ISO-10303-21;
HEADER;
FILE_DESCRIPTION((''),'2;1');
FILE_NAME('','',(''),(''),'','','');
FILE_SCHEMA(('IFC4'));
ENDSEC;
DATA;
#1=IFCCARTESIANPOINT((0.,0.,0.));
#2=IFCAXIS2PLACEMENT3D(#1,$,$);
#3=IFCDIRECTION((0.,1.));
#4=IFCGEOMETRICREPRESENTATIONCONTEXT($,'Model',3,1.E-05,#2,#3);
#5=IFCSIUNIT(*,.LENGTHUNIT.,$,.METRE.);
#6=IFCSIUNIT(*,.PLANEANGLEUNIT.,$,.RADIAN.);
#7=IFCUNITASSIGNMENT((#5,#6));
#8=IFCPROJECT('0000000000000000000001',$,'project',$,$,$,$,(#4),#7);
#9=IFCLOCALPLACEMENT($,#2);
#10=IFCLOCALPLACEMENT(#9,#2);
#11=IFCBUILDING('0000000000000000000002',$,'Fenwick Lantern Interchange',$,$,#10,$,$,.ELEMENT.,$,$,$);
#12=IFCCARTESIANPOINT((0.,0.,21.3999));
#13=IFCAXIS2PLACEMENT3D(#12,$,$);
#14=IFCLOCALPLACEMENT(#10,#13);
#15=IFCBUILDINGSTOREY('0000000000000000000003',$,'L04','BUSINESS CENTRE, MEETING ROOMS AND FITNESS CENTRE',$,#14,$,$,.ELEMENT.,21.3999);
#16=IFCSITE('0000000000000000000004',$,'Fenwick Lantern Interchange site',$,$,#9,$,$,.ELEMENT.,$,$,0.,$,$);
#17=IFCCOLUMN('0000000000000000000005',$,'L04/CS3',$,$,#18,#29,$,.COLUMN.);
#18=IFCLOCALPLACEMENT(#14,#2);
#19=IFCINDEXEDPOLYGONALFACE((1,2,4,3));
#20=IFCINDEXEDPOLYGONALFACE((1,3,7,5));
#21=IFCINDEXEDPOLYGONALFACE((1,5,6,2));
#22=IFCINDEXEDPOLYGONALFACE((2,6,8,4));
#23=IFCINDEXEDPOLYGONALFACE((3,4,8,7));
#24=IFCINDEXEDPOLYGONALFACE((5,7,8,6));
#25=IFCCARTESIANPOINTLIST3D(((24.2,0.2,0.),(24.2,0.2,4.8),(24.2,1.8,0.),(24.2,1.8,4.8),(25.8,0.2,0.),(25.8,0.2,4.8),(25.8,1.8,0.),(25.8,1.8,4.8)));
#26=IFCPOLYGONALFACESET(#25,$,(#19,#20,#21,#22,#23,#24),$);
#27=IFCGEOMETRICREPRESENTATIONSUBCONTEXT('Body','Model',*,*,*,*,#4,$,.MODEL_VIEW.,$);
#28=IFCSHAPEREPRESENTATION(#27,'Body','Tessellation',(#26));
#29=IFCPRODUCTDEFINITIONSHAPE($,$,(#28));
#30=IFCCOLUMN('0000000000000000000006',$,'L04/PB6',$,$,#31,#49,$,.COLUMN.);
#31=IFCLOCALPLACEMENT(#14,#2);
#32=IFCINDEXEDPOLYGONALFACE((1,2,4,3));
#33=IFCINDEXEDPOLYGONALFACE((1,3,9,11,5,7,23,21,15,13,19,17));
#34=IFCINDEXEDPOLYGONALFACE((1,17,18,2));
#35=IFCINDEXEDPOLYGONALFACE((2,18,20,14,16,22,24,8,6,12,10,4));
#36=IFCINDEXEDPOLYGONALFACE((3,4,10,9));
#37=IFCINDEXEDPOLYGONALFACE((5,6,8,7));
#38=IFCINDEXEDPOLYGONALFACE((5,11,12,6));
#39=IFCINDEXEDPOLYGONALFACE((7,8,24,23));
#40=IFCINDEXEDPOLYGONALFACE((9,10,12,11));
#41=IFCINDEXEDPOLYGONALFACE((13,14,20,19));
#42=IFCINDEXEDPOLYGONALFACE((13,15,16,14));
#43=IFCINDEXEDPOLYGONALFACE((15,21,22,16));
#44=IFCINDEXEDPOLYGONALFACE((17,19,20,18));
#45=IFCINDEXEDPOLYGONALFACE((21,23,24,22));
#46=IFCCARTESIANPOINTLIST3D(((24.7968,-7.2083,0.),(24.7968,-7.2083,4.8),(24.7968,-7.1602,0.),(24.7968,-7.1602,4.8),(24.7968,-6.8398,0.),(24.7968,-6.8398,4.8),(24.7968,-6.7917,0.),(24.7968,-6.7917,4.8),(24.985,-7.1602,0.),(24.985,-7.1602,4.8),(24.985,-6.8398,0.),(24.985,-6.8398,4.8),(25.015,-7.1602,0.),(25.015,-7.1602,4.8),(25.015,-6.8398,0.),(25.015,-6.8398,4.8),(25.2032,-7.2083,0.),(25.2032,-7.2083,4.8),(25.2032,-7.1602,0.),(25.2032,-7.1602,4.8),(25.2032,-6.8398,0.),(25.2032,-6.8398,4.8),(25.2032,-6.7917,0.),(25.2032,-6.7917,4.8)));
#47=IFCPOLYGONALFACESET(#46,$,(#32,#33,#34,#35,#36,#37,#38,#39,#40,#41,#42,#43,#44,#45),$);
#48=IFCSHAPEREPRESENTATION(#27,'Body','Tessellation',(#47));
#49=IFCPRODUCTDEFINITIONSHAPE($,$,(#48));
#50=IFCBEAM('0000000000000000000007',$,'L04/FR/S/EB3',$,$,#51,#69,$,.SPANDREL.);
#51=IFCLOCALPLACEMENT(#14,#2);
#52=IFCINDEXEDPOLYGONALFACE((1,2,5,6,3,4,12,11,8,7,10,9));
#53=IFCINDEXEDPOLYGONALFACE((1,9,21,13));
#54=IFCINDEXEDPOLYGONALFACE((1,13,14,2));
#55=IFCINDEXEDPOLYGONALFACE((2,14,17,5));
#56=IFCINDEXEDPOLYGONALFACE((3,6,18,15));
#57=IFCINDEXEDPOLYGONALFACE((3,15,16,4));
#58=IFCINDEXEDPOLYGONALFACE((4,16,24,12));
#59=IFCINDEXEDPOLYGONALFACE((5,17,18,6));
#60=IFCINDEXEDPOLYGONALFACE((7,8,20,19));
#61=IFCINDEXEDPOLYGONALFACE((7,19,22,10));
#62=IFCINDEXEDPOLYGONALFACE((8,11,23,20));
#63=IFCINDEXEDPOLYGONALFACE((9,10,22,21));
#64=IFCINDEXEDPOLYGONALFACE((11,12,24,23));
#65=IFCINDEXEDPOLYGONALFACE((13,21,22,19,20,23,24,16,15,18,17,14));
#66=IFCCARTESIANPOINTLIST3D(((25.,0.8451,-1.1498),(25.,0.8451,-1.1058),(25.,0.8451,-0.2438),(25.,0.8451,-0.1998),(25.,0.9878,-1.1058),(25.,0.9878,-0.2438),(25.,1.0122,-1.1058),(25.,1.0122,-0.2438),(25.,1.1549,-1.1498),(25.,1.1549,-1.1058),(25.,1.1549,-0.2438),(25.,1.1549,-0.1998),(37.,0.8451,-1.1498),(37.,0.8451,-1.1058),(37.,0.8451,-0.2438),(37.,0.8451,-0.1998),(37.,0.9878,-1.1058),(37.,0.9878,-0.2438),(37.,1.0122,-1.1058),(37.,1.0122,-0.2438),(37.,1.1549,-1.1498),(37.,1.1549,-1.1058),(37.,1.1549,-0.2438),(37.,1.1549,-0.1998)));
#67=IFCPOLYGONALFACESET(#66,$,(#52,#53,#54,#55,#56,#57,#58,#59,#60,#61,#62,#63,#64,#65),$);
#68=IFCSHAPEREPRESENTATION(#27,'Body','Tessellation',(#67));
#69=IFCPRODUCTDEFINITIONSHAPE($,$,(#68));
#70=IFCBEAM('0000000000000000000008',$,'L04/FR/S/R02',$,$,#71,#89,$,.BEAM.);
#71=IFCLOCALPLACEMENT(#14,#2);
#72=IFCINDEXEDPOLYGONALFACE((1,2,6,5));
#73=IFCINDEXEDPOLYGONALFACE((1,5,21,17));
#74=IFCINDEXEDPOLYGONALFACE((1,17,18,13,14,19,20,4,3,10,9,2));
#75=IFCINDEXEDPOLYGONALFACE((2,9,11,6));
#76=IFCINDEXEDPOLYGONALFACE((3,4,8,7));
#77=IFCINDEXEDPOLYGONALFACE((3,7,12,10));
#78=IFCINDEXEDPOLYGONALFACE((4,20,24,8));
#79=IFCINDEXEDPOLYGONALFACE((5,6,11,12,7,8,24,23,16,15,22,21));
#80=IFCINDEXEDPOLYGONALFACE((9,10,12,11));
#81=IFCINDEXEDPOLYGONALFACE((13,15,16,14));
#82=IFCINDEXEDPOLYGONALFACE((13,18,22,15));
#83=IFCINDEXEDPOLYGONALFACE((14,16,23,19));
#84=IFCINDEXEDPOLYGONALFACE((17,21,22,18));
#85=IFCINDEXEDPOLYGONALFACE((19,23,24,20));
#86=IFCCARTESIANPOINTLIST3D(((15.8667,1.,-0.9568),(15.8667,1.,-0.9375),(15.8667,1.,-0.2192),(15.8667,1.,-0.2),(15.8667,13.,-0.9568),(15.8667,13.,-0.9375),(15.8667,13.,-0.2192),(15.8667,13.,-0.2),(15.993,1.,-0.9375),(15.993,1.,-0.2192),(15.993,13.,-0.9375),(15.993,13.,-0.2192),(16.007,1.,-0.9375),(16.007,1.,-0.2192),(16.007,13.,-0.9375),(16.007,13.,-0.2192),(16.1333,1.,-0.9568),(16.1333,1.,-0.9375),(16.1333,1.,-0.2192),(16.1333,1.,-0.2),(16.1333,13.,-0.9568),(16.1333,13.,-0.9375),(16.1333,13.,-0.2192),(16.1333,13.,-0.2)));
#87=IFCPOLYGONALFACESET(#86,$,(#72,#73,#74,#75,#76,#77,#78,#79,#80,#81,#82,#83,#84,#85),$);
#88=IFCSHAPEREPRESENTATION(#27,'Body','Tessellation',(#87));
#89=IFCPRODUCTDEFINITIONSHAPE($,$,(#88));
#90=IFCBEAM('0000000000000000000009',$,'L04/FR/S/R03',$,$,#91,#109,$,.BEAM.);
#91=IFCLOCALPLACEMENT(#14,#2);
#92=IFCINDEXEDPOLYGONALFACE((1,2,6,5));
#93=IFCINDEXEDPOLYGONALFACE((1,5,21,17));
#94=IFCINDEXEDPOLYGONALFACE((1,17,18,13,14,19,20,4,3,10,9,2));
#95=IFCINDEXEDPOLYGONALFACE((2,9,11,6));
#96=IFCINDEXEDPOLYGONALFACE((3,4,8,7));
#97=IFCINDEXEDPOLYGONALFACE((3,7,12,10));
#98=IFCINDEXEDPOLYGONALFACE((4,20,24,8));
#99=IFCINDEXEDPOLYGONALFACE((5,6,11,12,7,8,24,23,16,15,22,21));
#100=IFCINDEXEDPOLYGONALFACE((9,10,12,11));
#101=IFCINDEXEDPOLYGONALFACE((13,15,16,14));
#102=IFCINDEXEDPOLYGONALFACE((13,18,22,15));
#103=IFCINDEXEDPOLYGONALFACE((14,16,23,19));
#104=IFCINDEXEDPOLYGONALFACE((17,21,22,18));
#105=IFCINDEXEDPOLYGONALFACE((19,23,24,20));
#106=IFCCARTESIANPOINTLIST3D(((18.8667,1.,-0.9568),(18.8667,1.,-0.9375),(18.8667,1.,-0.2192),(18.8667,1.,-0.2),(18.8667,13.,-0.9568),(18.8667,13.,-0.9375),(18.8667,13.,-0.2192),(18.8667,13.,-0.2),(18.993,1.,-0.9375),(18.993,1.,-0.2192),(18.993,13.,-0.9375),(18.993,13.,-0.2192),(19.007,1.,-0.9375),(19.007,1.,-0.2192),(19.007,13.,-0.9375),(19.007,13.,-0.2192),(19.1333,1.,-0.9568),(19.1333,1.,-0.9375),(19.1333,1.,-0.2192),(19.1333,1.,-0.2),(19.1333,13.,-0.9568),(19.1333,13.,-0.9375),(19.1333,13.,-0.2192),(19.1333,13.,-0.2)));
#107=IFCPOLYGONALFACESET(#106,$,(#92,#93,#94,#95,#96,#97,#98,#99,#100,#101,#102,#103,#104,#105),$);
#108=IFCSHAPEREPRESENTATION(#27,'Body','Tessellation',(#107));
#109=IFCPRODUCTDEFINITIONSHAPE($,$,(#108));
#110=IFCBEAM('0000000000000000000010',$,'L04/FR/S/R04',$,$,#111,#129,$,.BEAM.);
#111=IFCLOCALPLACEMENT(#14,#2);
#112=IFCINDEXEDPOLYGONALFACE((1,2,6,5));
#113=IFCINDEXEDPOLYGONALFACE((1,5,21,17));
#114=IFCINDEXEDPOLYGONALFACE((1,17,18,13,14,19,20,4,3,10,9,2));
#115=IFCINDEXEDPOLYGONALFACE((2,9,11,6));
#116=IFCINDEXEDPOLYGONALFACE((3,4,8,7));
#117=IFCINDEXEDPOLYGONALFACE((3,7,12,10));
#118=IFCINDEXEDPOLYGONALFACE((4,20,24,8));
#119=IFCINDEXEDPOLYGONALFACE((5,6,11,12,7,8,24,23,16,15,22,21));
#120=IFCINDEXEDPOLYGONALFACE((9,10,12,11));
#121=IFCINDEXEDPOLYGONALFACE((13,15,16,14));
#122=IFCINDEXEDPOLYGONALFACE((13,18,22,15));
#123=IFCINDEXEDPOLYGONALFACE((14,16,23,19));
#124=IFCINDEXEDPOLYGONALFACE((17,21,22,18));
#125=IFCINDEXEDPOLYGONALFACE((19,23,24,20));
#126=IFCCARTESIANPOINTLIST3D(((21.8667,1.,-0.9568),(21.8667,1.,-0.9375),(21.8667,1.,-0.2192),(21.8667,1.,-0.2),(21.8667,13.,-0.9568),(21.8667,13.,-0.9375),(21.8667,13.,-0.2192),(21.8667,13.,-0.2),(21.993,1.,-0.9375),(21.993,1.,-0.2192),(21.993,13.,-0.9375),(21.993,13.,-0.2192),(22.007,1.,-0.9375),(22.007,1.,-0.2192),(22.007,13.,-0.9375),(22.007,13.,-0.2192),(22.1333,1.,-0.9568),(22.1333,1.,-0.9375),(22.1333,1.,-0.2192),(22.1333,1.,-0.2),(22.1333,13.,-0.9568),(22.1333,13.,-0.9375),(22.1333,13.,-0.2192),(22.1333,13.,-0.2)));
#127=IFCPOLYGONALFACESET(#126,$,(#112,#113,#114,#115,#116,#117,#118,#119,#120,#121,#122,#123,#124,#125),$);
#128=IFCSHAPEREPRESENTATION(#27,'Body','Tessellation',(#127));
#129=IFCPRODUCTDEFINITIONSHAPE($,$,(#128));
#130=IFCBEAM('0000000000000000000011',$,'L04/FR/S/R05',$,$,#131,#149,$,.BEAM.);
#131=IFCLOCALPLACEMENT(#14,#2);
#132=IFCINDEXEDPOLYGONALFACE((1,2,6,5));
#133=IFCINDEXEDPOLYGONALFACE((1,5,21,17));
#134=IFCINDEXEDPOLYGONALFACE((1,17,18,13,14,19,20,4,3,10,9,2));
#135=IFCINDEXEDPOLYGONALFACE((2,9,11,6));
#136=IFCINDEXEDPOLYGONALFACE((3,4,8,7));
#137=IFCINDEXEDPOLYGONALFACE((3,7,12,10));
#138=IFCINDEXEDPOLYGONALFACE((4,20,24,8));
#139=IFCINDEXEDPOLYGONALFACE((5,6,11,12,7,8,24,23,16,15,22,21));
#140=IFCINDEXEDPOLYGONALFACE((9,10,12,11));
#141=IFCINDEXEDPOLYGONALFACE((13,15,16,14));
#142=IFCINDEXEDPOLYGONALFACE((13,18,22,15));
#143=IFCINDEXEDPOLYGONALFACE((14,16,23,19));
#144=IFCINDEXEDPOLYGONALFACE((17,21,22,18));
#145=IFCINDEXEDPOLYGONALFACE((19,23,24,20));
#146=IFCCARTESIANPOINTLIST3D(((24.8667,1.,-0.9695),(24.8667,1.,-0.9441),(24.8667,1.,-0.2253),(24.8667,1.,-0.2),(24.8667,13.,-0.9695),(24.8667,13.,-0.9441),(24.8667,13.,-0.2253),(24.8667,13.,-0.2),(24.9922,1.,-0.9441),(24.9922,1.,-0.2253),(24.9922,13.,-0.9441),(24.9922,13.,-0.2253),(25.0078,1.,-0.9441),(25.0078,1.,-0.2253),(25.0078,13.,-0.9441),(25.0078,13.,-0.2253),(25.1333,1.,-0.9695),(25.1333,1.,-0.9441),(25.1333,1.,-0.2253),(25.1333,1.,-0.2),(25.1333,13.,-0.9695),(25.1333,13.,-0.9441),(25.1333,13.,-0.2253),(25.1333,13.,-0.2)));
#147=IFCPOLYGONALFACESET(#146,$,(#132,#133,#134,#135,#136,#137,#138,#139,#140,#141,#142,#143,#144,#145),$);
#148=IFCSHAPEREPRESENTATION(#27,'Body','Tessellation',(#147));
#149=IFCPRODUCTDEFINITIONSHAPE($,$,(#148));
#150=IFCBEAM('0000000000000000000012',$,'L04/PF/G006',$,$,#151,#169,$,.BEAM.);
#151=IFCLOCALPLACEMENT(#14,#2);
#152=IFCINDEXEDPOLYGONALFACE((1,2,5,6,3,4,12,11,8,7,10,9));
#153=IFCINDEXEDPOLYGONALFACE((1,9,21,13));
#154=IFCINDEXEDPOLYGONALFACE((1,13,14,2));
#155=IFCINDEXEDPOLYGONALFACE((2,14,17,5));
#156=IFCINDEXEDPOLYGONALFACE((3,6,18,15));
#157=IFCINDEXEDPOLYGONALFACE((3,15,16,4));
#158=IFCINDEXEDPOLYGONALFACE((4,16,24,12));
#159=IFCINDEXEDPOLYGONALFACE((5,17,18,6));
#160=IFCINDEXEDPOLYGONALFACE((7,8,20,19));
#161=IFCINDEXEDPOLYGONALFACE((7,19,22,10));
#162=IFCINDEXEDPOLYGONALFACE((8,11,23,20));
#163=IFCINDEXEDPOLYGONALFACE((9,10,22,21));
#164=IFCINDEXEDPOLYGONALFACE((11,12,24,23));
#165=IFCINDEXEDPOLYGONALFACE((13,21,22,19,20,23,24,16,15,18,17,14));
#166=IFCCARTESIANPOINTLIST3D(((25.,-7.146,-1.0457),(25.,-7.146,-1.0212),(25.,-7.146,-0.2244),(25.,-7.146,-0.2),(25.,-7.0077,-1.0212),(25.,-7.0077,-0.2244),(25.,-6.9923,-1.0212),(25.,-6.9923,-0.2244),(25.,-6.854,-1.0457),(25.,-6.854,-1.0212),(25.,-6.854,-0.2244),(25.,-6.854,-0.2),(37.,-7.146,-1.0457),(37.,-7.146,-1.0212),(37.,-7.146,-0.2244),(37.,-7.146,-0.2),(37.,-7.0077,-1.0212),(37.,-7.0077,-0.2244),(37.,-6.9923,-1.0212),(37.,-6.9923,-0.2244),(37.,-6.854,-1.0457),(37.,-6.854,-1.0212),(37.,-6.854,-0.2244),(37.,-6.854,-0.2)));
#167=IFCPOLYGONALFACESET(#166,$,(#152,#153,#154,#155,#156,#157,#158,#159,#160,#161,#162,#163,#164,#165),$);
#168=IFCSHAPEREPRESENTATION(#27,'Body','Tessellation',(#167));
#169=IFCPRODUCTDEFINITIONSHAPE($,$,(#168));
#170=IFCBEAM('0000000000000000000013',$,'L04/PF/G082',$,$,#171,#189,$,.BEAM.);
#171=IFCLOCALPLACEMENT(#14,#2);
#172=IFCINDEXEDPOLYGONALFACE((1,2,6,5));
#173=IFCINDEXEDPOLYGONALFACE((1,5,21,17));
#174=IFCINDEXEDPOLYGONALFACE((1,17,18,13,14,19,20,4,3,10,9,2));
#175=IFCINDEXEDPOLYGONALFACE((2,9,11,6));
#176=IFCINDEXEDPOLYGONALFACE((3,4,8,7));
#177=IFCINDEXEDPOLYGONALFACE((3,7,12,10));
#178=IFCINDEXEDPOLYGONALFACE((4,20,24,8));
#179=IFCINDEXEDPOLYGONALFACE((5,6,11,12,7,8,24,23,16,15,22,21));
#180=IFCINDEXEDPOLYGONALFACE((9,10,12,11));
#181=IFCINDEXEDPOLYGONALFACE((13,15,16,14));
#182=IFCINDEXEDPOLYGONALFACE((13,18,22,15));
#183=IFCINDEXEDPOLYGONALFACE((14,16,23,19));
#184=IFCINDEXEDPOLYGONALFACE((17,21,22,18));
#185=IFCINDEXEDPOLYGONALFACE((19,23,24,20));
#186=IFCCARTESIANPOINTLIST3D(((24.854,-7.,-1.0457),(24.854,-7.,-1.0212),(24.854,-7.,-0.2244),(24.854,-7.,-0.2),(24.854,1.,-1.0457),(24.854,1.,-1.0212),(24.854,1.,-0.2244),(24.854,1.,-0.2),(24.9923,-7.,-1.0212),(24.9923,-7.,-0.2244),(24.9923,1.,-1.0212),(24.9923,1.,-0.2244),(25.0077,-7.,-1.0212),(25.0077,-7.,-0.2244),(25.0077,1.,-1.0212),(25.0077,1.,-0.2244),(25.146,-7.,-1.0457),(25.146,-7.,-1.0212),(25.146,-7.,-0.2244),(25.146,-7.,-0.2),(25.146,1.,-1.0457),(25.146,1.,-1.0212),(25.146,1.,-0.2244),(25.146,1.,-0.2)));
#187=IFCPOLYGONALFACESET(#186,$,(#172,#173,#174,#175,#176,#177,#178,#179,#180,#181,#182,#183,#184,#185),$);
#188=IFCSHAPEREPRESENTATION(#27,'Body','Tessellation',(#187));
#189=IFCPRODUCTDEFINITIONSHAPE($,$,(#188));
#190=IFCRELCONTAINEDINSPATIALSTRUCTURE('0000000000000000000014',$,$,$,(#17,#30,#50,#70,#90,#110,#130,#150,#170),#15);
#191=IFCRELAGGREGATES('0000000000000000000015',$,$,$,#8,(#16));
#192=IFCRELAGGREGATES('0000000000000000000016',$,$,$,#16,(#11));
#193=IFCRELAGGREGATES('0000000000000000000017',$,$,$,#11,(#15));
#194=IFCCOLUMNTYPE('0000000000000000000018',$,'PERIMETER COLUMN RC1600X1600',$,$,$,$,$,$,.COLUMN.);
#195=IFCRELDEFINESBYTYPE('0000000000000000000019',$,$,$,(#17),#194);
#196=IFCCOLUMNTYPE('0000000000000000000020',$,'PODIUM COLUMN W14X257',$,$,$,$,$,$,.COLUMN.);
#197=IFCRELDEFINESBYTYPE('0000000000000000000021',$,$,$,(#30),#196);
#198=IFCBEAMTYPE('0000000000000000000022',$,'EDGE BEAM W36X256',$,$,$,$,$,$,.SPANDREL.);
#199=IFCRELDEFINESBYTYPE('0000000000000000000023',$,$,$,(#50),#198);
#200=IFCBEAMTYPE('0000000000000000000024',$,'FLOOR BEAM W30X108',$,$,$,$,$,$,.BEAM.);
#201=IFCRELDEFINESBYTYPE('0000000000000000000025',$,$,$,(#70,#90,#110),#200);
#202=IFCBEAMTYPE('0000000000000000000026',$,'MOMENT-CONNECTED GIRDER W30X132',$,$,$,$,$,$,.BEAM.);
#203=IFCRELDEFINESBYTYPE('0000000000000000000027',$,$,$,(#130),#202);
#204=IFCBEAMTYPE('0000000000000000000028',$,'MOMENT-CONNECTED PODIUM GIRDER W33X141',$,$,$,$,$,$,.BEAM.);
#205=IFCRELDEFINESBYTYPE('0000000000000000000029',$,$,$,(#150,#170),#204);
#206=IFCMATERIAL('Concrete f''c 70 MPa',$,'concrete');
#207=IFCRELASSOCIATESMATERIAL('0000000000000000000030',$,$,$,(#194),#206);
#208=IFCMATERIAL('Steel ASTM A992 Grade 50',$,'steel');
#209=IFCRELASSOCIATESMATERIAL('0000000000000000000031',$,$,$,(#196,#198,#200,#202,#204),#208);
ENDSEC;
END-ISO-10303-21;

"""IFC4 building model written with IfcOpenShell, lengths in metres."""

from ifc_helpers import new_model, si_unit, direction, frame, origin, origin_2d, place, context, subcontext, project, spatial, rectangle, i_section, extrude, material, material_profile, profile_set, type_object, element, save


model = new_model("IFC4")

# Units and contexts
model_context = context("Model", 3, precision=1e-05, world=origin(), true_north=direction((0.0, 1.0)))
body_context = subcontext(model_context, "Body", "Model", "MODEL_VIEW")
ifc_project = project(units=[si_unit("LENGTHUNIT", "METRE"), si_unit("PLANEANGLEUNIT", "RADIAN")], contexts=[model_context])

# Site, building, storey
site_placement = place(None, origin())
site = spatial("IfcSite", under=ifc_project, at=site_placement, Name="Fenwick Lantern Interchange site", CompositionType="ELEMENT", RefElevation=0.0)
building_placement = place(site_placement, origin())
building = spatial("IfcBuilding", under=site, at=building_placement, Name="Fenwick Lantern Interchange", CompositionType="ELEMENT")
storey_placement = place(building_placement, frame((0.0, 0.0, 21.3999)))
storey = spatial("IfcBuildingStorey", under=building, at=storey_placement, Name="L04", Description="BUSINESS CENTRE, MEETING ROOMS AND FITNESS CENTRE", CompositionType="ELEMENT", Elevation=21.3999)

# Columns
ifc_material_1 = material(Name="Concrete f'c 70 MPa", Category="concrete")
ifc_material_profile_1 = material_profile(ifc_material_1, rectangle(XDim=1.6001, YDim=1.6001, at=origin_2d()), Name="RC1600X1600")
ifc_profile_set_1 = profile_set([ifc_material_profile_1], Name="Concrete f'c 70 MPa")
column_type_1 = type_object("IfcColumnType", Name="PERIMETER COLUMN RC1600X1600", PredefinedType="COLUMN", material=ifc_profile_set_1)
column_1_placement = place(storey_placement, frame((25.0, 1.0, 0.0), z_axis=(0.0, 0.0, 1.0), x_axis=(1.0, 0.0, 0.0)))
element("IfcColumn", 1, at=column_1_placement, inside=storey, type_object=column_type_1, Name="L04/CS3", PredefinedType="COLUMN", context=body_context, shape_type="SweptSolid", body=[
    extrude(rectangle(XDim=1.6001, YDim=1.6001, at=origin_2d()), origin(), (0.0, 0.0, 1.0), 4.8),
])
ifc_material_2 = material(Name="Steel ASTM A992 Grade 50", Category="steel")
ifc_material_profile_2 = material_profile(ifc_material_2, i_section(OverallWidth=0.4065, OverallDepth=0.4165, WebThickness=0.03, FlangeThickness=0.0481, at=origin_2d()), Name="W14X257")
ifc_profile_set_2 = profile_set([ifc_material_profile_2], Name="Steel ASTM A992 Grade 50")
column_type_2 = type_object("IfcColumnType", Name="PODIUM COLUMN W14X257", PredefinedType="COLUMN", material=ifc_profile_set_2)
column_2_placement = place(storey_placement, frame((25.0, -7.0, 0.0), z_axis=(0.0, 0.0, 1.0), x_axis=(1.0, 0.0, 0.0)))
element("IfcColumn", 2, at=column_2_placement, inside=storey, type_object=column_type_2, Name="L04/PB6", PredefinedType="COLUMN", context=body_context, shape_type="SweptSolid", body=[
    extrude(i_section(OverallWidth=0.4065, OverallDepth=0.4165, WebThickness=0.03, FlangeThickness=0.0481, at=origin_2d()), origin(), (0.0, 0.0, 1.0), 4.8),
])

# Beams
ifc_material_profile_3 = material_profile(ifc_material_2, i_section(OverallWidth=0.3098, OverallDepth=0.95, WebThickness=0.0244, FlangeThickness=0.0439, at=origin_2d()), Name="W36X256")
ifc_profile_set_3 = profile_set([ifc_material_profile_3], Name="Steel ASTM A992 Grade 50")
beam_type_1 = type_object("IfcBeamType", Name="EDGE BEAM W36X256", PredefinedType="SPANDREL", material=ifc_profile_set_3)
beam_1_placement = place(storey_placement, frame((25.0, 1.0, -0.6748), z_axis=(1.0, 0.0, 0.0), x_axis=(0.0, 1.0, 0.0)))
element("IfcBeam", 3, at=beam_1_placement, inside=storey, type_object=beam_type_1, Name="L04/FR/S/EB3", PredefinedType="SPANDREL", context=body_context, shape_type="SweptSolid", body=[
    extrude(i_section(OverallWidth=0.3098, OverallDepth=0.95, WebThickness=0.0244, FlangeThickness=0.0439, at=origin_2d()), origin(), (0.0, 0.0, 1.0), 12.0),
])
ifc_material_profile_4 = material_profile(ifc_material_2, i_section(OverallWidth=0.2666, OverallDepth=0.7568, WebThickness=0.0139, FlangeThickness=0.0193, at=origin_2d()), Name="W30X108")
ifc_profile_set_4 = profile_set([ifc_material_profile_4], Name="Steel ASTM A992 Grade 50")
beam_type_2 = type_object("IfcBeamType", Name="FLOOR BEAM W30X108", PredefinedType="BEAM", material=ifc_profile_set_4)
for number, where, z_axis, x_axis, name in (
    (4, (16.0, 1.0, -0.5784), (0.0, 1.0, 0.0), (-1.0, 0.0, 0.0), "L04/FR/S/R02"),
    (5, (19.0, 1.0, -0.5784), (0.0, 1.0, 0.0), (-1.0, 0.0, 0.0), "L04/FR/S/R03"),
    (6, (22.0, 1.0, -0.5784), (0.0, 1.0, 0.0), (-1.0, 0.0, 0.0), "L04/FR/S/R04"),
):
    element("IfcBeam", number, at=place(storey_placement, frame(where, z_axis=z_axis, x_axis=x_axis)), inside=storey, type_object=beam_type_2, Name=name, PredefinedType="BEAM", context=body_context, shape_type="SweptSolid", body=[
        extrude(i_section(OverallWidth=0.2666, OverallDepth=0.7568, WebThickness=0.0139, FlangeThickness=0.0193, at=origin_2d()), origin(), (0.0, 0.0, 1.0), 12.0),
    ])
ifc_material_profile_5 = material_profile(ifc_material_2, i_section(OverallWidth=0.2666, OverallDepth=0.7695, WebThickness=0.0156, FlangeThickness=0.0254, at=origin_2d()), Name="W30X132")
ifc_profile_set_5 = profile_set([ifc_material_profile_5], Name="Steel ASTM A992 Grade 50")
beam_type_3 = type_object("IfcBeamType", Name="MOMENT-CONNECTED GIRDER W30X132", PredefinedType="BEAM", material=ifc_profile_set_5)
beam_2_placement = place(storey_placement, frame((25.0, 1.0, -0.5847), z_axis=(0.0, 1.0, 0.0), x_axis=(-1.0, 0.0, 0.0)))
element("IfcBeam", 7, at=beam_2_placement, inside=storey, type_object=beam_type_3, Name="L04/FR/S/R05", PredefinedType="BEAM", context=body_context, shape_type="SweptSolid", body=[
    extrude(i_section(OverallWidth=0.2666, OverallDepth=0.7695, WebThickness=0.0156, FlangeThickness=0.0254, at=origin_2d()), origin(), (0.0, 0.0, 1.0), 12.0),
])
ifc_material_profile_6 = material_profile(ifc_material_2, i_section(OverallWidth=0.292, OverallDepth=0.8457, WebThickness=0.0154, FlangeThickness=0.0244, at=origin_2d()), Name="W33X141")
ifc_profile_set_6 = profile_set([ifc_material_profile_6], Name="Steel ASTM A992 Grade 50")
beam_type_4 = type_object("IfcBeamType", Name="MOMENT-CONNECTED PODIUM GIRDER W33X141", PredefinedType="BEAM", material=ifc_profile_set_6)
beam_3_placement = place(storey_placement, frame((25.0, -7.0, -0.6228), z_axis=(1.0, 0.0, 0.0), x_axis=(0.0, 1.0, 0.0)))
element("IfcBeam", 8, at=beam_3_placement, inside=storey, type_object=beam_type_4, Name="L04/PF/G006", PredefinedType="BEAM", context=body_context, shape_type="SweptSolid", body=[
    extrude(i_section(OverallWidth=0.292, OverallDepth=0.8457, WebThickness=0.0154, FlangeThickness=0.0244, at=origin_2d()), origin(), (0.0, 0.0, 1.0), 12.0),
])
beam_4_placement = place(storey_placement, frame((25.0, -7.0, -0.6228), z_axis=(0.0, 1.0, 0.0), x_axis=(-1.0, 0.0, 0.0)))
element("IfcBeam", 9, at=beam_4_placement, inside=storey, type_object=beam_type_4, Name="L04/PF/G082", PredefinedType="BEAM", context=body_context, shape_type="SweptSolid", body=[
    extrude(i_section(OverallWidth=0.292, OverallDepth=0.8457, WebThickness=0.0154, FlangeThickness=0.0244, at=origin_2d()), origin(), (0.0, 0.0, 1.0), 8.0),
])

save(model, "model.ifc")
